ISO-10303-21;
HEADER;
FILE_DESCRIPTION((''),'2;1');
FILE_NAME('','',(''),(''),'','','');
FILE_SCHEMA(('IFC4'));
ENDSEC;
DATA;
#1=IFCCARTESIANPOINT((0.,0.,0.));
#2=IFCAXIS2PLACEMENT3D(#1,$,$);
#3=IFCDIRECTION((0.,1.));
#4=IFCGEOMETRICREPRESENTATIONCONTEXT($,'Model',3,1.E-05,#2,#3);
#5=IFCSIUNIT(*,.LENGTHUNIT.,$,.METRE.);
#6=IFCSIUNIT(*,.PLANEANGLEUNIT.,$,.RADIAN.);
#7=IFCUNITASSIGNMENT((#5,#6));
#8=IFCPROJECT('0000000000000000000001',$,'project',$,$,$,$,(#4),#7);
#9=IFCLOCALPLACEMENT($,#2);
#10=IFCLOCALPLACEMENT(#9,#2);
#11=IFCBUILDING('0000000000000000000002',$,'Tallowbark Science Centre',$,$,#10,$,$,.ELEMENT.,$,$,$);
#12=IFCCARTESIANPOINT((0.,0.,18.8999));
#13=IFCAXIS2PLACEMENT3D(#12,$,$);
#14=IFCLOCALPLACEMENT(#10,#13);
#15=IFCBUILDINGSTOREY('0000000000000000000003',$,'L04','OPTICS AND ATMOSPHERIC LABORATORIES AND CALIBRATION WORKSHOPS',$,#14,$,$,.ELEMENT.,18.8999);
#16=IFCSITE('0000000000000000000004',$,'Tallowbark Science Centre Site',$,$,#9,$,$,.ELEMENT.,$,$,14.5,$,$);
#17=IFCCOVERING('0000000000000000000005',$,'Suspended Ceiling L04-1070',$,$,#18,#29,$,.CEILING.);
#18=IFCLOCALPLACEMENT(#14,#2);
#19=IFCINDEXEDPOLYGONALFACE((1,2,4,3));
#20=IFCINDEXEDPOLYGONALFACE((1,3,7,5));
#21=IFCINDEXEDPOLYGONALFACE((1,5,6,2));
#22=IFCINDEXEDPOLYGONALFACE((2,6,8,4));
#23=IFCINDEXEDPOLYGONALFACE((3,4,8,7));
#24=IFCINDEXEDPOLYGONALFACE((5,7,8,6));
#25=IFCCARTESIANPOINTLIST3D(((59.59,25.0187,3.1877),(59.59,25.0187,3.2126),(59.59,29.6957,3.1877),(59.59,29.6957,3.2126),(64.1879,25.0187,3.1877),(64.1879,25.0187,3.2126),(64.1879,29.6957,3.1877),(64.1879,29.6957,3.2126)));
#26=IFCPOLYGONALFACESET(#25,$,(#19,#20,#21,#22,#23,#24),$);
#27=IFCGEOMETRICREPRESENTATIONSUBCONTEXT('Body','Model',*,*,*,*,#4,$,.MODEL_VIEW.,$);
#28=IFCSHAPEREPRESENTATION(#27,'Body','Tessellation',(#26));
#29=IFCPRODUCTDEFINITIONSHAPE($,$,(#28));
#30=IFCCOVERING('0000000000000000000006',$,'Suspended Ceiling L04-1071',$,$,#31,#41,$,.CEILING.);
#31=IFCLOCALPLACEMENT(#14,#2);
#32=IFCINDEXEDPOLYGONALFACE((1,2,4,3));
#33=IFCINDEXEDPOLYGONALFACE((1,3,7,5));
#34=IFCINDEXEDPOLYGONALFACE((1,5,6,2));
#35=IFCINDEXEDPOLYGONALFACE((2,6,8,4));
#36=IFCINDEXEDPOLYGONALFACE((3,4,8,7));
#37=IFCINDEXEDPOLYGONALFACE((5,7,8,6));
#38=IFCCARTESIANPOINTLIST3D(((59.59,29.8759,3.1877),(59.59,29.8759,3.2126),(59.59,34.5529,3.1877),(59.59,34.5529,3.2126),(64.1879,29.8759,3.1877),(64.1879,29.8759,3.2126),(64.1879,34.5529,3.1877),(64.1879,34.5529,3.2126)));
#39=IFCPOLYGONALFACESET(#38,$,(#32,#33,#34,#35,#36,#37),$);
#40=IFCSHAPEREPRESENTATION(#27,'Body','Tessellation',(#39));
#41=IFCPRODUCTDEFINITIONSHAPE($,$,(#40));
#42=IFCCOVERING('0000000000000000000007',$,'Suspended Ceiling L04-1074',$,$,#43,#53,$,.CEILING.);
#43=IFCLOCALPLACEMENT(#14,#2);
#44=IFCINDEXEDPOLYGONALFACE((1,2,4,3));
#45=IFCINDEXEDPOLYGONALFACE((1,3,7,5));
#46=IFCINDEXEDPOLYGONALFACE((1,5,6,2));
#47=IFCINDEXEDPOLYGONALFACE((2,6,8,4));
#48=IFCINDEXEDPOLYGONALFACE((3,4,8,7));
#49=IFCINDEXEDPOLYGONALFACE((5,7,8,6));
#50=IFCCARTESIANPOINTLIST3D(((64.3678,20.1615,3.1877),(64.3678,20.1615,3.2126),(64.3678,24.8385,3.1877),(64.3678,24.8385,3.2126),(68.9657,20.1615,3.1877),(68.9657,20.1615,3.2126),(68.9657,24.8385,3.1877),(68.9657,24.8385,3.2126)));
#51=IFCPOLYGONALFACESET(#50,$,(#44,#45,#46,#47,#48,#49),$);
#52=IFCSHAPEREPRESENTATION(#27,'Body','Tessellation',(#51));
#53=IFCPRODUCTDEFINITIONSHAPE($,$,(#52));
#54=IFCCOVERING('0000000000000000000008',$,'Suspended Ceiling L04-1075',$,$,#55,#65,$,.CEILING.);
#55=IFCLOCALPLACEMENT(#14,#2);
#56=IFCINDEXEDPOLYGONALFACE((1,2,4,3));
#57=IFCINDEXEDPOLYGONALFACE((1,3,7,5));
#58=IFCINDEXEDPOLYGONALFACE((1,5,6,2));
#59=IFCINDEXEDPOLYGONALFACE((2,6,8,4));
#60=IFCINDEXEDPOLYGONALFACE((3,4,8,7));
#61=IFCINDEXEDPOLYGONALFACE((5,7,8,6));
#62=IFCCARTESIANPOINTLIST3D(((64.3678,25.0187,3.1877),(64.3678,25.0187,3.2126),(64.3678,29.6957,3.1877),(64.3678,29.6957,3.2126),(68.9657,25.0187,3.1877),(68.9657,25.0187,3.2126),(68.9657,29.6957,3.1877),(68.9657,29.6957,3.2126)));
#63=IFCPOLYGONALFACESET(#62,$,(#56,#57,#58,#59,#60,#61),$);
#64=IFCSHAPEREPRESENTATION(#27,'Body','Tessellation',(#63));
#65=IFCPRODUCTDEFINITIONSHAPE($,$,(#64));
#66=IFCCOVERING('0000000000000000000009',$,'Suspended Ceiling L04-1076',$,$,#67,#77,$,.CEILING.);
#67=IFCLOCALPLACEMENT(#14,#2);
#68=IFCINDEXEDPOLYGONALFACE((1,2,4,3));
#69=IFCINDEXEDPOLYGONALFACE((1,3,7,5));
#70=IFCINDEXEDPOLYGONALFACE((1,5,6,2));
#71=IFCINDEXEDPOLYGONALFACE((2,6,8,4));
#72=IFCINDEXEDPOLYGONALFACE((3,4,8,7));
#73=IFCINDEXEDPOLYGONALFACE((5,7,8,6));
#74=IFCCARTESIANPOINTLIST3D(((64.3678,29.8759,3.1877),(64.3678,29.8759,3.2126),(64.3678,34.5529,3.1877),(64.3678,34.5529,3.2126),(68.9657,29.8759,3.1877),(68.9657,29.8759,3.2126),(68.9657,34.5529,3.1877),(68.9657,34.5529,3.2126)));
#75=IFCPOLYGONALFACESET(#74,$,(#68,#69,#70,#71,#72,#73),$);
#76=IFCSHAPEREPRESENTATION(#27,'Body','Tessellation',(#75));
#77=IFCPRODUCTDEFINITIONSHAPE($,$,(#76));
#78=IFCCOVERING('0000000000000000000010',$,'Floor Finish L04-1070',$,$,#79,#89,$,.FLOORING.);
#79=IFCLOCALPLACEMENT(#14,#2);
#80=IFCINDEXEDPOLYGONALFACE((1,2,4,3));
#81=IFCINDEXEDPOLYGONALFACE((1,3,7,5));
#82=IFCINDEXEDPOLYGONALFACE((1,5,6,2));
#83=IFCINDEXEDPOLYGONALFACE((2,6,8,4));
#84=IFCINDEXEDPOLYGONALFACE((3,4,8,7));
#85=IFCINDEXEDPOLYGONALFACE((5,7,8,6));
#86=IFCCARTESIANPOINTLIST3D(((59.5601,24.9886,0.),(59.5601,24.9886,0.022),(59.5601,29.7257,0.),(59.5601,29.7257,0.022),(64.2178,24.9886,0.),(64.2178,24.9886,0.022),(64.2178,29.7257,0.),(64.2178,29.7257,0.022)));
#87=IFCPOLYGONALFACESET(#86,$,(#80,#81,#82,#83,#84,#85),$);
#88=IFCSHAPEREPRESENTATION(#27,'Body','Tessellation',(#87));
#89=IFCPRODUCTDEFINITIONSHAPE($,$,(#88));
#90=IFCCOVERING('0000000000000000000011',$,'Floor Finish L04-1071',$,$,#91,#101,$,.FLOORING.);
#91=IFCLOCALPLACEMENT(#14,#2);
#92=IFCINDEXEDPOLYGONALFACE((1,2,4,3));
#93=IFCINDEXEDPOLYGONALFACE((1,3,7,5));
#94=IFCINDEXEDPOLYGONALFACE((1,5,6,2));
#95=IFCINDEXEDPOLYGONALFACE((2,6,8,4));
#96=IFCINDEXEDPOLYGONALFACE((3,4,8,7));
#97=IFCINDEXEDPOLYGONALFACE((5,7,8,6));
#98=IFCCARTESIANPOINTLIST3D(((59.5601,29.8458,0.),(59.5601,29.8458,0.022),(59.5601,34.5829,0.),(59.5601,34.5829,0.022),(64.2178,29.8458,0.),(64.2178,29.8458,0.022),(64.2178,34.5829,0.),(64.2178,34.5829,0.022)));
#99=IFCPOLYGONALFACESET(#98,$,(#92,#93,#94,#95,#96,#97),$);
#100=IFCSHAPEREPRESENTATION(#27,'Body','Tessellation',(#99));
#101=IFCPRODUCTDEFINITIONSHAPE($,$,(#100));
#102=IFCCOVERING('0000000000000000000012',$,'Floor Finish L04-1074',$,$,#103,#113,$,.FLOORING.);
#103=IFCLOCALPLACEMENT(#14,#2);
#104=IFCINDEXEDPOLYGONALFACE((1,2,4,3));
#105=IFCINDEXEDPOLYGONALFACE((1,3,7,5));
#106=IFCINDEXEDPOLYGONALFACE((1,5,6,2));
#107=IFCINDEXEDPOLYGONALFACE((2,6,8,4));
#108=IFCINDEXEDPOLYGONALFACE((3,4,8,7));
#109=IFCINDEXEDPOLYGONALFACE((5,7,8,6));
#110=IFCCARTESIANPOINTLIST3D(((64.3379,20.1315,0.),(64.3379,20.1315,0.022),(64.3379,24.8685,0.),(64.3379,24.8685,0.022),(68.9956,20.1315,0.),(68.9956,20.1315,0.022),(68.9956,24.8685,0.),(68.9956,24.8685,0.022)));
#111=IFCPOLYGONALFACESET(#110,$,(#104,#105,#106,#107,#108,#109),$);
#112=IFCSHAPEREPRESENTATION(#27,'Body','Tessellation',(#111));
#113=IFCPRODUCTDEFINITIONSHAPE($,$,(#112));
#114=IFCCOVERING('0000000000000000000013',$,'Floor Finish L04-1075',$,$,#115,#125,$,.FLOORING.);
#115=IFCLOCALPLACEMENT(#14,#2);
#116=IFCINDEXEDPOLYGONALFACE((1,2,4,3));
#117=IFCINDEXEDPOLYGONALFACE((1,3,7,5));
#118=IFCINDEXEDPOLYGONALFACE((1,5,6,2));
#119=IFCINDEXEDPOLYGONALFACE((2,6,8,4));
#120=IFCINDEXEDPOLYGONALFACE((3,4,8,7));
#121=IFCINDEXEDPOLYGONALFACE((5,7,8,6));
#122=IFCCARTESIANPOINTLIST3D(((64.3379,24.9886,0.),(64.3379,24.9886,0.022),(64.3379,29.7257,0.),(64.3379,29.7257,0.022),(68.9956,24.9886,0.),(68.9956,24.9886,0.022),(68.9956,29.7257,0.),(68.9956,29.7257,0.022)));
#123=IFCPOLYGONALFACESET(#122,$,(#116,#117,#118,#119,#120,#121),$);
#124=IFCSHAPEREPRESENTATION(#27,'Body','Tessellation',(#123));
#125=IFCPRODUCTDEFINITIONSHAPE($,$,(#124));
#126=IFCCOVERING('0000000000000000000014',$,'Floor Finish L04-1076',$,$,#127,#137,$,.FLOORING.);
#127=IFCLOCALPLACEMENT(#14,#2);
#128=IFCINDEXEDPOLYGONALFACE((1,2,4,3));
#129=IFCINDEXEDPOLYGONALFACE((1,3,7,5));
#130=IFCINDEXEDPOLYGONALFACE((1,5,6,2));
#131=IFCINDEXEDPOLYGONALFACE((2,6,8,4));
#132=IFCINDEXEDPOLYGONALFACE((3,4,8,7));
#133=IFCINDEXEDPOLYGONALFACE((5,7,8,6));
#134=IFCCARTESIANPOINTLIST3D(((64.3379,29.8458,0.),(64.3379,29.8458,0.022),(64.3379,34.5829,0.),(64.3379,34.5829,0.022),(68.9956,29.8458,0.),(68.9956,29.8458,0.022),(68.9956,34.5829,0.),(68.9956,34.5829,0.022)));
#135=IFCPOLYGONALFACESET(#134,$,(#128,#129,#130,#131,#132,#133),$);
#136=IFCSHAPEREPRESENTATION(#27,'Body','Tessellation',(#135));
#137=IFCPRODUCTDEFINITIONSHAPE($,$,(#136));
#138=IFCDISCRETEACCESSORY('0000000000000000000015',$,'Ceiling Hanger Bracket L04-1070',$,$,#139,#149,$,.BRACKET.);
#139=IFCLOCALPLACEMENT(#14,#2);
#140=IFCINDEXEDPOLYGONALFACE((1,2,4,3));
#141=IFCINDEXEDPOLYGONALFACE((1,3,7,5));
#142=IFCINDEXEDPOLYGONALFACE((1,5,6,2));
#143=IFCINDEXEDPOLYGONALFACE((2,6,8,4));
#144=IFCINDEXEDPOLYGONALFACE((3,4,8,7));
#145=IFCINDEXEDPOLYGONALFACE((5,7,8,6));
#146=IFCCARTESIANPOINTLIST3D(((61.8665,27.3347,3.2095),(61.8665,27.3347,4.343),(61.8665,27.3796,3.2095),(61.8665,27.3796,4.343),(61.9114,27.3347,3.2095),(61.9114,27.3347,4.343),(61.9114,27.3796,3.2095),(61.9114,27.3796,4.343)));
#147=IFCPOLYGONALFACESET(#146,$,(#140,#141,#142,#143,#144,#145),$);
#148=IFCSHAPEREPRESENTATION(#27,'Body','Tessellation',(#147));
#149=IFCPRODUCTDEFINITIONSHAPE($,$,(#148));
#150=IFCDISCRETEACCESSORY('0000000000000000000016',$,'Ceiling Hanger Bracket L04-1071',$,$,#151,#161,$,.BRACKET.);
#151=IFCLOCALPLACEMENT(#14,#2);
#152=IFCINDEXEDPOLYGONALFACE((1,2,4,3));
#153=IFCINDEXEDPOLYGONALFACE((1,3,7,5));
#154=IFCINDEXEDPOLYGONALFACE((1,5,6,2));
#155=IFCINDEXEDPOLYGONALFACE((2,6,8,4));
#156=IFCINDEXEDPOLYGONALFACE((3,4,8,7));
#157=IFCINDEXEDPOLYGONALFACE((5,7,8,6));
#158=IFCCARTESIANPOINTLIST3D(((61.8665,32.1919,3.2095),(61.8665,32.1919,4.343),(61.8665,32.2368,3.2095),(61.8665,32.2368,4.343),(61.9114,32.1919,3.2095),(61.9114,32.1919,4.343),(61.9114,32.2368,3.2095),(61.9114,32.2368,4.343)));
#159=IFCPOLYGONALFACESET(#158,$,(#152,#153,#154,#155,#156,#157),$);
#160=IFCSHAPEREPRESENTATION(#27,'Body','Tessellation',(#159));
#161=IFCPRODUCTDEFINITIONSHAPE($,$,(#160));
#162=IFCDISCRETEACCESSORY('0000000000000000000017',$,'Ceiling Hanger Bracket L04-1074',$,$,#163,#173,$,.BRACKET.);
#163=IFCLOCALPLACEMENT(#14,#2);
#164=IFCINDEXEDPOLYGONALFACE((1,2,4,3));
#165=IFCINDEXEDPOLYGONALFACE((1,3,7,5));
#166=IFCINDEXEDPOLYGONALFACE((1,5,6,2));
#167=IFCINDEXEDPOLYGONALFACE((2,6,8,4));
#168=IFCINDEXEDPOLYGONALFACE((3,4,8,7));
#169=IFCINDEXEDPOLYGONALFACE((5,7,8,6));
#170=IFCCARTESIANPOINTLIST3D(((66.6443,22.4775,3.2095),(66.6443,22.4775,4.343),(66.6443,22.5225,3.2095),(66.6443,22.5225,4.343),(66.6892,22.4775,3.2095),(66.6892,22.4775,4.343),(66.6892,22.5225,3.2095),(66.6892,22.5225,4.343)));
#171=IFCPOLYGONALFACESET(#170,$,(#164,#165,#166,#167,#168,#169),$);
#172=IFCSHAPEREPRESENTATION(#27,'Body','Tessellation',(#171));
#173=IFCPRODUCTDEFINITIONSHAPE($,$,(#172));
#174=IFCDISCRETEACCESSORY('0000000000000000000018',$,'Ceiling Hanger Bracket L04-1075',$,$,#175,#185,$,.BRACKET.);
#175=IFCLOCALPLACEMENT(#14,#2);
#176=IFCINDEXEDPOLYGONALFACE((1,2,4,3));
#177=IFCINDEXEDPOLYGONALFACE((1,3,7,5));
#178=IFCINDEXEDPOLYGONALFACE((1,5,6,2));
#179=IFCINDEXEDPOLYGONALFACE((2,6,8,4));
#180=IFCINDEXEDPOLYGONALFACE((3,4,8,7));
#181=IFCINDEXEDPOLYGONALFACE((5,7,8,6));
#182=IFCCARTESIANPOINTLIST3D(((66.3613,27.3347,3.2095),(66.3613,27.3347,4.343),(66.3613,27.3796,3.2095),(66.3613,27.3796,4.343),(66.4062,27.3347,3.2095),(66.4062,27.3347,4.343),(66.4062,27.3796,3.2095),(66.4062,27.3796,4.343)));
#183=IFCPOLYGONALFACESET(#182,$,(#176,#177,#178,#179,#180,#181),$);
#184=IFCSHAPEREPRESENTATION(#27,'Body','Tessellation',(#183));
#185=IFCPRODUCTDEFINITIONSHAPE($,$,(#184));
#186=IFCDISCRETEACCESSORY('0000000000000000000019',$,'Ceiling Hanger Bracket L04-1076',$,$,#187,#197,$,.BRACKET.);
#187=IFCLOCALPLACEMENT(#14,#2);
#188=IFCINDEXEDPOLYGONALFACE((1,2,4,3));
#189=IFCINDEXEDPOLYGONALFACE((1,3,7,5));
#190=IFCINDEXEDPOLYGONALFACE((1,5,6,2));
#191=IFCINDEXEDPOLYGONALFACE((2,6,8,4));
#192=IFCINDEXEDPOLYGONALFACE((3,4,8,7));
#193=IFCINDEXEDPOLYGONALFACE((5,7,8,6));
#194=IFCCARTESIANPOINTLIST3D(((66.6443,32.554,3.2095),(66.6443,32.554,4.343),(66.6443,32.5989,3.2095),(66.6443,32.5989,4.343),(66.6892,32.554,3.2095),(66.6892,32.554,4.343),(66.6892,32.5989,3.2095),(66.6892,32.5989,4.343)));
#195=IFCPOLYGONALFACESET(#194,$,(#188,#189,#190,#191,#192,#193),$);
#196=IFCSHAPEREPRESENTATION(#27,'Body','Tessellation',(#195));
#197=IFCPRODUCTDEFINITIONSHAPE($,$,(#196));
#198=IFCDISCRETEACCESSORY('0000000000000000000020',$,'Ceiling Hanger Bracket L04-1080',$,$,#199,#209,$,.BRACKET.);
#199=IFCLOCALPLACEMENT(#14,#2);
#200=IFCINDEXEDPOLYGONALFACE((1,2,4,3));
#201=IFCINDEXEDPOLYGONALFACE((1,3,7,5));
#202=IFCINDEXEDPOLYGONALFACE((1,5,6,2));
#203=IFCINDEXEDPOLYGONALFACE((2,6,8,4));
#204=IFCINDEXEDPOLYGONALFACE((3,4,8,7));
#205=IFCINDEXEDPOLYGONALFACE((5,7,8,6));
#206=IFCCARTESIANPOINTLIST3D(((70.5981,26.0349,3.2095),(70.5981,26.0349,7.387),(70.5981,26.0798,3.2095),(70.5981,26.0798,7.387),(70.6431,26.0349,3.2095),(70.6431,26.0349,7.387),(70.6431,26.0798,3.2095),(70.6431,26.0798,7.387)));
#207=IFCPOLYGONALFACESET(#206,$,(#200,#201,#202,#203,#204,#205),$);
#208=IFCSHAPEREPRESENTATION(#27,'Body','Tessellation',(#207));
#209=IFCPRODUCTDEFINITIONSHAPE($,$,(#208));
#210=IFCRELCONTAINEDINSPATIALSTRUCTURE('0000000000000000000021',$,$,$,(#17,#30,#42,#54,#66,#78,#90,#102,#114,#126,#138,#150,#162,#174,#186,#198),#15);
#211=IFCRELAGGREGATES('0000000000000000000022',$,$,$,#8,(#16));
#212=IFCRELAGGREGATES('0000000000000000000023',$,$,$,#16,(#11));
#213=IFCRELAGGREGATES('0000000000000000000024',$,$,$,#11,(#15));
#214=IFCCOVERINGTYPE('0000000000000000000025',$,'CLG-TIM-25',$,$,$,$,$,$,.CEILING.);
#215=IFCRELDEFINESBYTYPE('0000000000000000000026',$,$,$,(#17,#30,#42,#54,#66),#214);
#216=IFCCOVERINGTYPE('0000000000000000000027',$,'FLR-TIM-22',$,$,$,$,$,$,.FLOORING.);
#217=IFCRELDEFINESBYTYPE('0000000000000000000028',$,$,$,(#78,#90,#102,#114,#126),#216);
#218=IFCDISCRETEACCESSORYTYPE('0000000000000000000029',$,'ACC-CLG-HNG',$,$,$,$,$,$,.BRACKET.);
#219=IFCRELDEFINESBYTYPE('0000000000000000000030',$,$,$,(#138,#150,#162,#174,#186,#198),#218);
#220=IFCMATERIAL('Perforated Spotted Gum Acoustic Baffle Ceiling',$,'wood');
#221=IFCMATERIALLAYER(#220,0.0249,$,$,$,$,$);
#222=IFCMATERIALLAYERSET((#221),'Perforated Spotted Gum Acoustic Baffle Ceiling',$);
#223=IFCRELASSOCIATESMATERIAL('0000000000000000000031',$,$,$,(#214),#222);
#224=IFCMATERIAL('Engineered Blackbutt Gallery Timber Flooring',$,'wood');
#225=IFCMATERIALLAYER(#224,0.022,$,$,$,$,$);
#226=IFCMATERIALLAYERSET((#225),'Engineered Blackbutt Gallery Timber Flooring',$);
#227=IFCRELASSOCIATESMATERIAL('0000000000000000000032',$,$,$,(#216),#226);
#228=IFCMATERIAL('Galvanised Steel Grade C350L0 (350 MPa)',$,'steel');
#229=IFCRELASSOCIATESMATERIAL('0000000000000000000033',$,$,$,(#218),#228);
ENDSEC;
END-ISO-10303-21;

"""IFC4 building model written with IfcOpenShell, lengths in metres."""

from ifc_helpers import new_model, si_unit, direction, frame, origin, origin_2d, place, context, subcontext, project, spatial, rectangle, extrude, material, layer, layer_set, type_object, element, save


model = new_model("IFC4")

# Units and contexts
model_context = context("Model", 3, precision=1e-05, world=origin(), true_north=direction((0.0, 1.0)))
body_context = subcontext(model_context, "Body", "Model", "MODEL_VIEW")
ifc_project = project(units=[si_unit("LENGTHUNIT", "METRE"), si_unit("PLANEANGLEUNIT", "RADIAN")], contexts=[model_context])

# Site, building, storey
site_placement = place(None, origin())
site = spatial("IfcSite", under=ifc_project, at=site_placement, Name="Tallowbark Science Centre Site", CompositionType="ELEMENT", RefElevation=14.5)
building_placement = place(site_placement, origin())
building = spatial("IfcBuilding", under=site, at=building_placement, Name="Tallowbark Science Centre", CompositionType="ELEMENT")
storey_placement = place(building_placement, frame((0.0, 0.0, 18.8999)))
storey = spatial("IfcBuildingStorey", under=building, at=storey_placement, Name="L04", Description="OPTICS AND ATMOSPHERIC LABORATORIES AND CALIBRATION WORKSHOPS", CompositionType="ELEMENT", Elevation=18.8999)

# Coverings
ifc_material_1 = material(Name="Perforated Spotted Gum Acoustic Baffle Ceiling", Category="wood")
ifc_layer_1 = layer(ifc_material_1, 0.0249)
ifc_layer_set_1 = layer_set([ifc_layer_1], Name="Perforated Spotted Gum Acoustic Baffle Ceiling")
covering_type_1 = type_object("IfcCoveringType", Name="CLG-TIM-25", PredefinedType="CEILING", material=ifc_layer_set_1)
for number, where, z_axis, x_axis, name in (
    (1, (61.8889, 27.3572, 3.1877), (0.0, 0.0, 1.0), (1.0, 0.0, 0.0), "Suspended Ceiling L04-1070"),
    (2, (61.8889, 32.2144, 3.1877), (0.0, 0.0, 1.0), (1.0, 0.0, 0.0), "Suspended Ceiling L04-1071"),
    (3, (66.6667, 22.5, 3.1877), (0.0, 0.0, 1.0), (1.0, 0.0, 0.0), "Suspended Ceiling L04-1074"),
    (4, (66.6667, 27.3572, 3.1877), (0.0, 0.0, 1.0), (1.0, 0.0, 0.0), "Suspended Ceiling L04-1075"),
    (5, (66.6667, 32.2144, 3.1877), (0.0, 0.0, 1.0), (1.0, 0.0, 0.0), "Suspended Ceiling L04-1076"),
):
    element("IfcCovering", number, at=place(storey_placement, frame(where, z_axis=z_axis, x_axis=x_axis)), inside=storey, type_object=covering_type_1, Name=name, PredefinedType="CEILING", context=body_context, shape_type="SweptSolid", body=[
        extrude(rectangle(XDim=4.5979, YDim=4.677, at=origin_2d()), origin(), (0.0, 0.0, 1.0), 0.0249),
    ])
ifc_material_2 = material(Name="Engineered Blackbutt Gallery Timber Flooring", Category="wood")
ifc_layer_2 = layer(ifc_material_2, 0.022)
ifc_layer_set_2 = layer_set([ifc_layer_2], Name="Engineered Blackbutt Gallery Timber Flooring")
covering_type_2 = type_object("IfcCoveringType", Name="FLR-TIM-22", PredefinedType="FLOORING", material=ifc_layer_set_2)
for number, where, z_axis, x_axis, name in (
    (6, (61.8889, 27.3572, 0.0), (0.0, 0.0, 1.0), (1.0, 0.0, 0.0), "Floor Finish L04-1070"),
    (7, (61.8889, 32.2144, 0.0), (0.0, 0.0, 1.0), (1.0, 0.0, 0.0), "Floor Finish L04-1071"),
    (8, (66.6667, 22.5, 0.0), (0.0, 0.0, 1.0), (1.0, 0.0, 0.0), "Floor Finish L04-1074"),
    (9, (66.6667, 27.3572, 0.0), (0.0, 0.0, 1.0), (1.0, 0.0, 0.0), "Floor Finish L04-1075"),
    (10, (66.6667, 32.2144, 0.0), (0.0, 0.0, 1.0), (1.0, 0.0, 0.0), "Floor Finish L04-1076"),
):
    element("IfcCovering", number, at=place(storey_placement, frame(where, z_axis=z_axis, x_axis=x_axis)), inside=storey, type_object=covering_type_2, Name=name, PredefinedType="FLOORING", context=body_context, shape_type="SweptSolid", body=[
        extrude(rectangle(XDim=4.6577, YDim=4.7371, at=origin_2d()), origin(), (0.0, 0.0, 1.0), 0.022),
    ])

# Discrete accessories
ifc_material_3 = material(Name="Galvanised Steel Grade C350L0 (350 MPa)", Category="steel")
discrete_accessory_type = type_object("IfcDiscreteAccessoryType", Name="ACC-CLG-HNG", PredefinedType="BRACKET", material=ifc_material_3)
for number, where, z_axis, x_axis, name in (
    (11, (61.8889, 27.3572, 3.2095), (0.0, 0.0, 1.0), (1.0, 0.0, 0.0), "Ceiling Hanger Bracket L04-1070"),
    (12, (61.8889, 32.2144, 3.2095), (0.0, 0.0, 1.0), (1.0, 0.0, 0.0), "Ceiling Hanger Bracket L04-1071"),
    (13, (66.6667, 22.5, 3.2095), (0.0, 0.0, 1.0), (1.0, 0.0, 0.0), "Ceiling Hanger Bracket L04-1074"),
    (14, (66.3838, 27.3572, 3.2095), (0.0, 0.0, 1.0), (1.0, 0.0, 0.0), "Ceiling Hanger Bracket L04-1075"),
    (15, (66.6667, 32.5764, 3.2095), (0.0, 0.0, 1.0), (1.0, 0.0, 0.0), "Ceiling Hanger Bracket L04-1076"),
):
    element("IfcDiscreteAccessory", number, at=place(storey_placement, frame(where, z_axis=z_axis, x_axis=x_axis)), inside=storey, type_object=discrete_accessory_type, Name=name, PredefinedType="BRACKET", context=body_context, shape_type="SweptSolid", body=[
        extrude(rectangle(XDim=0.0449, YDim=0.0449, at=origin_2d()), origin(), (0.0, 0.0, 1.0), 1.1335),
    ])
discrete_accessory_placement = place(storey_placement, frame((70.6206, 26.0574, 3.2095), z_axis=(0.0, 0.0, 1.0), x_axis=(1.0, 0.0, 0.0)))
element("IfcDiscreteAccessory", 16, at=discrete_accessory_placement, inside=storey, type_object=discrete_accessory_type, Name="Ceiling Hanger Bracket L04-1080", PredefinedType="BRACKET", context=body_context, shape_type="SweptSolid", body=[
    extrude(rectangle(XDim=0.0449, YDim=0.0449, at=origin_2d()), origin(), (0.0, 0.0, 1.0), 4.1775),
])

save(model, "model.ifc")
